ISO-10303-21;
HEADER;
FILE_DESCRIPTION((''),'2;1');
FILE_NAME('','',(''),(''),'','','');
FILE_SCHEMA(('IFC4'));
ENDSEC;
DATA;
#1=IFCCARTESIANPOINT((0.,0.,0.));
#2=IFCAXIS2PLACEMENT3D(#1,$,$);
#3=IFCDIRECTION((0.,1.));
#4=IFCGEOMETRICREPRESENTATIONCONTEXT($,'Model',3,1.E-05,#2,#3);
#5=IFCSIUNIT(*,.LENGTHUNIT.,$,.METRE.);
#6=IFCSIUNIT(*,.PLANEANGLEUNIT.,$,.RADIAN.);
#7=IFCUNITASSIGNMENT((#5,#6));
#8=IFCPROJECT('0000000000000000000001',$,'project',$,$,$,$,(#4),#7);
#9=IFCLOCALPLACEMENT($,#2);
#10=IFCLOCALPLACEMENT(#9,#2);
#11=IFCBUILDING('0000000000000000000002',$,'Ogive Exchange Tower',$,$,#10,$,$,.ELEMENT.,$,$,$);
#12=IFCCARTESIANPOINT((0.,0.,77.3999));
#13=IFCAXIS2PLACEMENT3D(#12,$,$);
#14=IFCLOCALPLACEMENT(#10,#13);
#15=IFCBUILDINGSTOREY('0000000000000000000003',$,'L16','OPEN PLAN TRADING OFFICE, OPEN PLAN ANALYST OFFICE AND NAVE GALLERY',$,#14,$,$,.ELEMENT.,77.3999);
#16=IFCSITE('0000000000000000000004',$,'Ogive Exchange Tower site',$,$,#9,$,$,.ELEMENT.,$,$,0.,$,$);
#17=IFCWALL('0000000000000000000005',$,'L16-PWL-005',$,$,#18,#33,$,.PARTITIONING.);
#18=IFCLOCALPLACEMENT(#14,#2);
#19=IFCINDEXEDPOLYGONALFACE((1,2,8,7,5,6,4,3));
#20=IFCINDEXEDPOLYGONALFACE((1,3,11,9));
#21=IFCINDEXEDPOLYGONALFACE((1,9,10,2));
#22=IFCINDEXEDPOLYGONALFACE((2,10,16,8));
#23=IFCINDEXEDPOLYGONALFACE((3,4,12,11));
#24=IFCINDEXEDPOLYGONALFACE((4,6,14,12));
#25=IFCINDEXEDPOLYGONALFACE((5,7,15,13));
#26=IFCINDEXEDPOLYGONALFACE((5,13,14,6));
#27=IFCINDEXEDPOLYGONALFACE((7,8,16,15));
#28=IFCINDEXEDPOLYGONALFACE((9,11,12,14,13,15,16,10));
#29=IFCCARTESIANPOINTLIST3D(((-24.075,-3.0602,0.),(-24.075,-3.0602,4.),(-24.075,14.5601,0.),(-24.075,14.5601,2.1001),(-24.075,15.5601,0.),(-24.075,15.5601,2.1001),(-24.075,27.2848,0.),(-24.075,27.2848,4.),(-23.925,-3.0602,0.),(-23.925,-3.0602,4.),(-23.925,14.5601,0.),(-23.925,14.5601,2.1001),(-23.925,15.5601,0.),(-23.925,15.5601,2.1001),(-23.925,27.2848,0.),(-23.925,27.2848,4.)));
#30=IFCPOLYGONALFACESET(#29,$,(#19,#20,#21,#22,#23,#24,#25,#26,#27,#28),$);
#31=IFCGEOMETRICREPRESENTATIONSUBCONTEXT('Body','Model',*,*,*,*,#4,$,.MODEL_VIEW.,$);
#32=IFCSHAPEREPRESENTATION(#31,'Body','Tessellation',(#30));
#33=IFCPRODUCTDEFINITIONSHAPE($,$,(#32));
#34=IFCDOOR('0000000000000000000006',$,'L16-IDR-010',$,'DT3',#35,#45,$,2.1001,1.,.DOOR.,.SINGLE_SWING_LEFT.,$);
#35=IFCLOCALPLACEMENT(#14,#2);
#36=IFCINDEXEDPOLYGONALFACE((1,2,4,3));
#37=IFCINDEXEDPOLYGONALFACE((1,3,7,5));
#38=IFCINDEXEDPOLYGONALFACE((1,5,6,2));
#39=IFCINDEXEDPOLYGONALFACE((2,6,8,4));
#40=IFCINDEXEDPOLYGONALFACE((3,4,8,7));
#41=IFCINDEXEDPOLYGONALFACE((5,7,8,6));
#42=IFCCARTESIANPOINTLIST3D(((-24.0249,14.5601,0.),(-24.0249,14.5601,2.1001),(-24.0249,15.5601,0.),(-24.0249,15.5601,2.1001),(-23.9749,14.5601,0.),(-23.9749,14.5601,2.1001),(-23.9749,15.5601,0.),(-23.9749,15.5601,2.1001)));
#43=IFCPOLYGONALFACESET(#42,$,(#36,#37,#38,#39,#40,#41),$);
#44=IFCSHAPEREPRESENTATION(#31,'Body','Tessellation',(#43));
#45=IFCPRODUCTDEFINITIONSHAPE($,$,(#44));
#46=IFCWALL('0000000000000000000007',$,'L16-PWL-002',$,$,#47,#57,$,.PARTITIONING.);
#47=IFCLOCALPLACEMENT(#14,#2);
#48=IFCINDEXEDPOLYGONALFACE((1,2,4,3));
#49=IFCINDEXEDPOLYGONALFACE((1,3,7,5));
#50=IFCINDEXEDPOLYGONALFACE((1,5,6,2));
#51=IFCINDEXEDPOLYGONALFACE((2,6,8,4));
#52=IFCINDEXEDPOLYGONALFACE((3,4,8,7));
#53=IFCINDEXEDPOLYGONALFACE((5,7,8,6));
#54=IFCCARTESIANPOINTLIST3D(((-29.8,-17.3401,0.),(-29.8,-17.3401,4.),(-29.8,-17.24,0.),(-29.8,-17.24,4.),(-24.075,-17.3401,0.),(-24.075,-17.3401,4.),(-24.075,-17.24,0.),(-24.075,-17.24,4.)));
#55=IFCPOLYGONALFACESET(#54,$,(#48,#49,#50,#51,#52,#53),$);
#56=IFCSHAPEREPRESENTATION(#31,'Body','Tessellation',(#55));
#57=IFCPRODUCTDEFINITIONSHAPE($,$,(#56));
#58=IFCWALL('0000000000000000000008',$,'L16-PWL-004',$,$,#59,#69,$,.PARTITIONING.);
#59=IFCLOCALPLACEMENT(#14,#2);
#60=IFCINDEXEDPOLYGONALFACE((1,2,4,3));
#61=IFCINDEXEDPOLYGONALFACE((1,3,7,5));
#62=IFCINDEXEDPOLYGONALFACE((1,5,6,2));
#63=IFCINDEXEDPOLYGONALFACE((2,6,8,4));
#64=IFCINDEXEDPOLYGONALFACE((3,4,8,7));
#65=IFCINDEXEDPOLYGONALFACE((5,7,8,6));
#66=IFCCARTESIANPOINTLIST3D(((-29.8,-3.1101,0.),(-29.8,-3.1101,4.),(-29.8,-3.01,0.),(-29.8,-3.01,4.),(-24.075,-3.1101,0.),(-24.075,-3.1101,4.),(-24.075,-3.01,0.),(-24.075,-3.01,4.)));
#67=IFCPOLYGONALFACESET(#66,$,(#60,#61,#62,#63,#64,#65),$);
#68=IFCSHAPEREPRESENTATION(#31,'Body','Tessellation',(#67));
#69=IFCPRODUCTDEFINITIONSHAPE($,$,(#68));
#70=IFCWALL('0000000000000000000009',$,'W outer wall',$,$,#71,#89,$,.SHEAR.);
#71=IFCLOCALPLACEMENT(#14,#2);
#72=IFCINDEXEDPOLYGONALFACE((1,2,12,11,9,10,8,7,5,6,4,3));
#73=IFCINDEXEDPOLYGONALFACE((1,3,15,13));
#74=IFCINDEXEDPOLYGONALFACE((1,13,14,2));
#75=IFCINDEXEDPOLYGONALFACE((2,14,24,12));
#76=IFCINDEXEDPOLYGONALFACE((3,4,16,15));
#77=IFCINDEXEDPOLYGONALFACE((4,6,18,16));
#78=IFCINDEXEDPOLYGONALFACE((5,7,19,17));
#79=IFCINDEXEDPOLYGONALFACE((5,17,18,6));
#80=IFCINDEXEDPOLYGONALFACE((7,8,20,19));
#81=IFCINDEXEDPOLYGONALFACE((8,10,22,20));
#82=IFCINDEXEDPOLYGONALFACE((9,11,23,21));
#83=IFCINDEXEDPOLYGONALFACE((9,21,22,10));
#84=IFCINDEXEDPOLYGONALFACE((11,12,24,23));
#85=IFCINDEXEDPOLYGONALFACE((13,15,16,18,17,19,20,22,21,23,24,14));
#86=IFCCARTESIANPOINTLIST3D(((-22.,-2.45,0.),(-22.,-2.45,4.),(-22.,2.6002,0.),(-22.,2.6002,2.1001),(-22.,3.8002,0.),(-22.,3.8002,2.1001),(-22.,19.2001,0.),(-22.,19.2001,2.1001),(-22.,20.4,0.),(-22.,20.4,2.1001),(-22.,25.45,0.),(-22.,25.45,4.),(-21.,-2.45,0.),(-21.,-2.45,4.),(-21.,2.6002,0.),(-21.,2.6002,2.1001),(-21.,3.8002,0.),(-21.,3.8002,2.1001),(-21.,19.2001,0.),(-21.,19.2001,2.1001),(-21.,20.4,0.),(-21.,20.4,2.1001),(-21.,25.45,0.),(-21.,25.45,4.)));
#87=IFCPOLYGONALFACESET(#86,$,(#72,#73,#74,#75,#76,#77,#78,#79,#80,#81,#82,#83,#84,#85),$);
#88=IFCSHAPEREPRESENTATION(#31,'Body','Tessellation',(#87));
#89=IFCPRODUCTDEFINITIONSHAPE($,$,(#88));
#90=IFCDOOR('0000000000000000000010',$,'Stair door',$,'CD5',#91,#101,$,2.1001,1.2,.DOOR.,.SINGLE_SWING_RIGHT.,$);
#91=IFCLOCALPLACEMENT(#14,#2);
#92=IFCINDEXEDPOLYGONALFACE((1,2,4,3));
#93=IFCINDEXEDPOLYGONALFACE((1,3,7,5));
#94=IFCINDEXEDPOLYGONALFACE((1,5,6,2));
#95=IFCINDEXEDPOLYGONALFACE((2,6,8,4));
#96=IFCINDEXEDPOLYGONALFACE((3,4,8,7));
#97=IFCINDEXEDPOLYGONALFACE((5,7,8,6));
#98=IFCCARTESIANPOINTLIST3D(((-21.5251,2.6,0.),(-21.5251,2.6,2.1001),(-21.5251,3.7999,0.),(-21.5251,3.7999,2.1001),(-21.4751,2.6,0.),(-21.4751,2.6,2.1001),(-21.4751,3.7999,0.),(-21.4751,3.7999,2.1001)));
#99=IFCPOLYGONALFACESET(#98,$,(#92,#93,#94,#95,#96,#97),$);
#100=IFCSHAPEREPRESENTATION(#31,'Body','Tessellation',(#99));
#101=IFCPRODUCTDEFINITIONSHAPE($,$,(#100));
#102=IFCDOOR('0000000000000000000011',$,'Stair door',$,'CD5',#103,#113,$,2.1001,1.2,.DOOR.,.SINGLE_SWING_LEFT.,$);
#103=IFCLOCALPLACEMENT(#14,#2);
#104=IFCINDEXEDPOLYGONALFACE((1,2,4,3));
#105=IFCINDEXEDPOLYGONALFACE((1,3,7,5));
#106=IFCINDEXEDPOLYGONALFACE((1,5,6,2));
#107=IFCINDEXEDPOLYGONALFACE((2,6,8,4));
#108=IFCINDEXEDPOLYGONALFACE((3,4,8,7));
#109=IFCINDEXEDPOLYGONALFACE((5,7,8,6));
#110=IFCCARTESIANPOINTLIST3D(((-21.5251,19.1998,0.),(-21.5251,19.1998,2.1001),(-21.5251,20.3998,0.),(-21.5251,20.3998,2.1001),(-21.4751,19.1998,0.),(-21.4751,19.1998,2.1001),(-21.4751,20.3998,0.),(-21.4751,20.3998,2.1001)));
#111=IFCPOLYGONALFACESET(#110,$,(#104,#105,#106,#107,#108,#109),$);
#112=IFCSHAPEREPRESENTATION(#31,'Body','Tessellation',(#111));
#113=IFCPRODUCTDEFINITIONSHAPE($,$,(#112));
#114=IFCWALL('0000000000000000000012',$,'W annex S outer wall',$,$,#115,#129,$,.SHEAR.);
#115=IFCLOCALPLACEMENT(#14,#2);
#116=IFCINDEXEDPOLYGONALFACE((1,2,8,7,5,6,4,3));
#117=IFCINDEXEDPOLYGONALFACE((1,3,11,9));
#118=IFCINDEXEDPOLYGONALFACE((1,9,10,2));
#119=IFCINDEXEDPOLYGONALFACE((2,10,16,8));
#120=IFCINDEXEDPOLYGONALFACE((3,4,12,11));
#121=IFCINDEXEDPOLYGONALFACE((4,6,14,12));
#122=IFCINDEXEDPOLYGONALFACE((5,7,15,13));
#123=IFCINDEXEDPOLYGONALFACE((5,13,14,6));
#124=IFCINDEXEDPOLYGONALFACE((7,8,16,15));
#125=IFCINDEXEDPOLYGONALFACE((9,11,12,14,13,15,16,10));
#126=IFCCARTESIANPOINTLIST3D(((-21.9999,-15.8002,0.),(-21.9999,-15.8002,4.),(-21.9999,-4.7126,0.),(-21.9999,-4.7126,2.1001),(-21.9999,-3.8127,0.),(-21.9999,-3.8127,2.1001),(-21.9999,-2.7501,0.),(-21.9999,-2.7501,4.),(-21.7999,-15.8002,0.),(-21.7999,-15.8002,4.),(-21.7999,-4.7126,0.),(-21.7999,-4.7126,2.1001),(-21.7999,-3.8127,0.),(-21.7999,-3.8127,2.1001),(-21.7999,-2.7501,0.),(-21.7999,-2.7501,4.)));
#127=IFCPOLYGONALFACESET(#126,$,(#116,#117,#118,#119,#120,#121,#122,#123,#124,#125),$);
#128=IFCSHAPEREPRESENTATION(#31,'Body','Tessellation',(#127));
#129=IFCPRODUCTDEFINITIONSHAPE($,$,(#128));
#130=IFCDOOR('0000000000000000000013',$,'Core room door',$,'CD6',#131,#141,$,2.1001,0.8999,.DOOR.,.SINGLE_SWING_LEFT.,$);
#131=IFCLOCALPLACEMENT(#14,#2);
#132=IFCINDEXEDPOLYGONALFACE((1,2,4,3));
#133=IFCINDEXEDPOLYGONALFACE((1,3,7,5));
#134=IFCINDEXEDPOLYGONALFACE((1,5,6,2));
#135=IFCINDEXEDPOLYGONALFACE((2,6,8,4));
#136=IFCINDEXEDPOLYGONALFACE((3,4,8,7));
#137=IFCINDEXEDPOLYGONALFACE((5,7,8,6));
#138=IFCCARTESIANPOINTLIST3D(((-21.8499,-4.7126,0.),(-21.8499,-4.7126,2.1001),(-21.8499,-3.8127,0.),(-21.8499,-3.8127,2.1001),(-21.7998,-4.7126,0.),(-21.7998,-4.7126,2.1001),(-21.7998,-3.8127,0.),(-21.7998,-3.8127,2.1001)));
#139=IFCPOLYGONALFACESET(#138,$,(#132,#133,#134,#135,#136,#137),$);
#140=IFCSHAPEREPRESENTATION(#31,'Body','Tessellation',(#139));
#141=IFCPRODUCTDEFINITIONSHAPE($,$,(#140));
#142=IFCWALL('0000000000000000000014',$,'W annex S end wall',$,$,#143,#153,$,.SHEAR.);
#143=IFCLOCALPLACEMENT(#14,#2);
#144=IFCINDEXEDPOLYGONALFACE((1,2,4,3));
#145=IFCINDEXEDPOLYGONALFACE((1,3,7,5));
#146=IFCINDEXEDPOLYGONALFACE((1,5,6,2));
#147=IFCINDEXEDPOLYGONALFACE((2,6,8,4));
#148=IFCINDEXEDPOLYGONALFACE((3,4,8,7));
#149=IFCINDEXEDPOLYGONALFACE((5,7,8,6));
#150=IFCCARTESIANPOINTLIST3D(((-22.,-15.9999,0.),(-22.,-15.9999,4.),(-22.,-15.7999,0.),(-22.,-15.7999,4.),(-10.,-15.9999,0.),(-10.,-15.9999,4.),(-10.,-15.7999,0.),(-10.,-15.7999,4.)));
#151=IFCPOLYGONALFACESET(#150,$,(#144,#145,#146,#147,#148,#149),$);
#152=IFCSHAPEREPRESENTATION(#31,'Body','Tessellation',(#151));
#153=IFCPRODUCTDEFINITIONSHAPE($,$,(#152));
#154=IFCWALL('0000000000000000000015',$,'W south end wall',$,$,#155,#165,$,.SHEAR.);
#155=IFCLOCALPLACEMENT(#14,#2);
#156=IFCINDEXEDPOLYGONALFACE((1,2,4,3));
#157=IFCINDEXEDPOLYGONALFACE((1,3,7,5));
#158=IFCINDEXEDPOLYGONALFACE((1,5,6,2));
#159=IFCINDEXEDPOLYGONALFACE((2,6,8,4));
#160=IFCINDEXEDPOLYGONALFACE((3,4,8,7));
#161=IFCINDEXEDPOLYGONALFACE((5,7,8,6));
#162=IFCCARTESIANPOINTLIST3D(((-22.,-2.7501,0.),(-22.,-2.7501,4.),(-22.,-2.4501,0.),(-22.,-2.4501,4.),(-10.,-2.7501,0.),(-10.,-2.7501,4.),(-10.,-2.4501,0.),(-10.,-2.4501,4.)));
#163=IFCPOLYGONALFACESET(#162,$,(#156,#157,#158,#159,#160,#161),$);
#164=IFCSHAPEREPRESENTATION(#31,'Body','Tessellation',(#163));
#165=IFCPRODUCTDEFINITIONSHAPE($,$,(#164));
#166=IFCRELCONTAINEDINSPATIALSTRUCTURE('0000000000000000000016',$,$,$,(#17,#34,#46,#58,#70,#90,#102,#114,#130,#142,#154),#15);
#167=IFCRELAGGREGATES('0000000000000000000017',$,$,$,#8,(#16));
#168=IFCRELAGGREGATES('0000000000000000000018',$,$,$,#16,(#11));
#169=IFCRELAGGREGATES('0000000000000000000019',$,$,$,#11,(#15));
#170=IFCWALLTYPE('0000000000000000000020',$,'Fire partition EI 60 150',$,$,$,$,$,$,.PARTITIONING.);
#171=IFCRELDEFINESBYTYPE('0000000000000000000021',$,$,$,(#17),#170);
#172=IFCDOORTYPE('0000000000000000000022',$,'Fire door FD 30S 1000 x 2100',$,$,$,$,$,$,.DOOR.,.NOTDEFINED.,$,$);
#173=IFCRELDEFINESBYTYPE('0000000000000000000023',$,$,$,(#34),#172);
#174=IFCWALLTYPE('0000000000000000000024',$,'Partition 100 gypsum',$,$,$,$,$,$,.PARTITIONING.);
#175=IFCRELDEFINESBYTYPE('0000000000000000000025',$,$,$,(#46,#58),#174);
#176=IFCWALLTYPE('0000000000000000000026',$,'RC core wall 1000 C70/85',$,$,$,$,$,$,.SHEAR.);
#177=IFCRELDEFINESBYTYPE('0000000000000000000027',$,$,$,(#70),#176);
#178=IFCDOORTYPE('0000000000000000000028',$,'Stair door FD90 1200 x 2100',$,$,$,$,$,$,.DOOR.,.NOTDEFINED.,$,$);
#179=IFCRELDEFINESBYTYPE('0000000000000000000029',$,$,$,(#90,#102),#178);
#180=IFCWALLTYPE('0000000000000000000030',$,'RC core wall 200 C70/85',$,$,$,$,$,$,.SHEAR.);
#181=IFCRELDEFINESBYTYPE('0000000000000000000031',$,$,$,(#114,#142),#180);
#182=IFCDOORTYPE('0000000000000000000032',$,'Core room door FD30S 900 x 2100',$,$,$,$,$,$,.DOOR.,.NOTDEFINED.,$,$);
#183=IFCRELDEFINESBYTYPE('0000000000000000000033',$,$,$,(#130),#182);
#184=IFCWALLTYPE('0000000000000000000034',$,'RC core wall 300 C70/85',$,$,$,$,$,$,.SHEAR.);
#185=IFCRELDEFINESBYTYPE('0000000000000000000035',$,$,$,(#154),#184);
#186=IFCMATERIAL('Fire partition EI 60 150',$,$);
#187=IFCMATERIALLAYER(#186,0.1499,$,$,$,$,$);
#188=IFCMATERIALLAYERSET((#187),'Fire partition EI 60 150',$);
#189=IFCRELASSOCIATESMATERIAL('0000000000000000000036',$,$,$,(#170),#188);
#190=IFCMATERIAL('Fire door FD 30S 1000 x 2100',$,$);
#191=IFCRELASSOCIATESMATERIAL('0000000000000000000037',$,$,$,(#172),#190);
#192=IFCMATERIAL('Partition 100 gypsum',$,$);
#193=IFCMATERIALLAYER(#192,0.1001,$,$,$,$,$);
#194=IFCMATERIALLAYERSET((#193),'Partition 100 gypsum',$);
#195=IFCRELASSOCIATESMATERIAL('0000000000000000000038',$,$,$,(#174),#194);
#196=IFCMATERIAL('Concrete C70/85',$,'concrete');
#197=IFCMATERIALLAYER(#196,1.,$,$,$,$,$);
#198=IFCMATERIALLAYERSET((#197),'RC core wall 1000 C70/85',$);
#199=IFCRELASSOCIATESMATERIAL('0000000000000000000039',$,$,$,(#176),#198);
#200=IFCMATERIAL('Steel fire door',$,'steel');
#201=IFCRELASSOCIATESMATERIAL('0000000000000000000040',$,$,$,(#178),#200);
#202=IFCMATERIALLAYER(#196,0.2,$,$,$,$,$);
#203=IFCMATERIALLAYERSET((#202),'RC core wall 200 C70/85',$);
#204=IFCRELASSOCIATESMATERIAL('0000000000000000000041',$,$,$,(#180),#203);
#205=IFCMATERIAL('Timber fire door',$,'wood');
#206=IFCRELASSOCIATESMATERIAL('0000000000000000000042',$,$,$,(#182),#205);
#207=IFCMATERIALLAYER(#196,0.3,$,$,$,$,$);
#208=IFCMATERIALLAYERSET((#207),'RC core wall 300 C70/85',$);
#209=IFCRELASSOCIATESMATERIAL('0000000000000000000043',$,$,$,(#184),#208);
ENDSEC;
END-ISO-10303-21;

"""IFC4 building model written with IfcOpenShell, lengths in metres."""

from ifc_helpers import new_model, si_unit, direction, frame, frame_2d, origin, place, context, subcontext, project, spatial, rectangle, extrude, material, layer, layer_set, type_object, element, fill, save


model = new_model("IFC4")

# Units and contexts
model_context = context("Model", 3, precision=1e-05, world=origin(), true_north=direction((0.0, 1.0)))
body_context = subcontext(model_context, "Body", "Model", "MODEL_VIEW")
ifc_project = project(units=[si_unit("LENGTHUNIT", "METRE"), si_unit("PLANEANGLEUNIT", "RADIAN")], contexts=[model_context])

# Site, building, storey
site_placement = place(None, origin())
site = spatial("IfcSite", under=ifc_project, at=site_placement, Name="Ogive Exchange Tower site", CompositionType="ELEMENT", RefElevation=0.0)
building_placement = place(site_placement, origin())
building = spatial("IfcBuilding", under=site, at=building_placement, Name="Ogive Exchange Tower", CompositionType="ELEMENT")
storey_placement = place(building_placement, frame((0.0, 0.0, 77.3999)))
storey = spatial("IfcBuildingStorey", under=building, at=storey_placement, Name="L16", Description="OPEN PLAN TRADING OFFICE, OPEN PLAN ANALYST OFFICE AND NAVE GALLERY", CompositionType="ELEMENT", Elevation=77.3999)

# Wall, opening, door
ifc_material_1 = material(Name="Fire partition EI 60 150")
ifc_layer_1 = layer(ifc_material_1, 0.1499)
ifc_layer_set_1 = layer_set([ifc_layer_1], Name="Fire partition EI 60 150")
wall_type_1 = type_object("IfcWallType", Name="Fire partition EI 60 150", PredefinedType="PARTITIONING", material=ifc_layer_set_1)
ifc_material_2 = material(Name="Fire door FD 30S 1000 x 2100")
door_type_1 = type_object("IfcDoorType", Name="Fire door FD 30S 1000 x 2100", OperationType="NOTDEFINED", PredefinedType="DOOR", material=ifc_material_2)
wall_1_placement = place(storey_placement, frame((-24.0, -3.0601, 0.0), z_axis=(0.0, 0.0, 1.0), x_axis=(0.0, 1.0, 0.0)))
wall_1 = element("IfcWall", 1, at=wall_1_placement, inside=storey, type_object=wall_type_1, Name="L16-PWL-005", PredefinedType="PARTITIONING", context=body_context, shape_type="SweptSolid", body=[
    extrude(rectangle(XDim=30.345, YDim=0.1499, at=frame_2d((15.1724, 0.0))), origin(), (0.0, 0.0, 1.0), 4.0),
])
opening_1_placement = place(wall_1_placement, frame((17.6201, 0.0, 0.0)))
opening_1 = element("IfcOpeningElement", 2, at=opening_1_placement, cuts=wall_1, PredefinedType="OPENING", context=body_context, shape_type="SweptSolid", body=[
    extrude(rectangle(XDim=1.0, YDim=2.1001, at=frame_2d((0.5, 1.05))), frame((0.0, 0.085, 0.0), z_axis=(0.0, -1.0, 0.0), x_axis=(1.0, 0.0, 0.0)), (0.0, 0.0, 1.0), 0.1699),
])
door_1_placement = place(opening_1_placement, origin())
door_1 = element("IfcDoor", 3, at=door_1_placement, inside=storey, type_object=door_type_1, Name="L16-IDR-010", ObjectType="DT3", OperationType="SINGLE_SWING_LEFT", OverallHeight=2.1001, OverallWidth=1.0, PredefinedType="DOOR", context=body_context, shape_type="SweptSolid", body=[
    extrude(rectangle(XDim=1.0, YDim=2.1001, at=frame_2d((0.5, 1.05))), frame((0.0, 0.0249, 0.0), z_axis=(0.0, -1.0, 0.0), x_axis=(1.0, 0.0, 0.0)), (0.0, 0.0, 1.0), 0.05),
])
fill(opening_1, door_1)

# Walls
ifc_material_3 = material(Name="Partition 100 gypsum")
ifc_layer_2 = layer(ifc_material_3, 0.1001)
ifc_layer_set_2 = layer_set([ifc_layer_2], Name="Partition 100 gypsum")
wall_type_2 = type_object("IfcWallType", Name="Partition 100 gypsum", PredefinedType="PARTITIONING", material=ifc_layer_set_2)
for number, where, z_axis, x_axis, name in (
    (4, (-24.075, -17.29, 0.0), (0.0, 0.0, 1.0), (-1.0, 0.0, 0.0), "L16-PWL-002"),
    (5, (-24.075, -3.0601, 0.0), (0.0, 0.0, 1.0), (-1.0, 0.0, 0.0), "L16-PWL-004"),
):
    element("IfcWall", number, at=place(storey_placement, frame(where, z_axis=z_axis, x_axis=x_axis)), inside=storey, type_object=wall_type_2, Name=name, PredefinedType="PARTITIONING", context=body_context, shape_type="SweptSolid", body=[
        extrude(rectangle(XDim=5.7251, YDim=0.1001, at=frame_2d((2.8625, 0.0))), origin(), (0.0, 0.0, 1.0), 4.0),
    ])

# Wall, openings, doors
ifc_material_4 = material(Name="Concrete C70/85", Category="concrete")
ifc_layer_3 = layer(ifc_material_4, 1.0)
ifc_layer_set_3 = layer_set([ifc_layer_3], Name="RC core wall 1000 C70/85")
wall_type_3 = type_object("IfcWallType", Name="RC core wall 1000 C70/85", PredefinedType="SHEAR", material=ifc_layer_set_3)
wall_2_placement = place(storey_placement, frame((-21.5, -2.45, 0.0), z_axis=(0.0, 0.0, 1.0), x_axis=(0.0, 1.0, 0.0)))
wall_2 = element("IfcWall", 6, at=wall_2_placement, inside=storey, type_object=wall_type_3, Name="W outer wall", PredefinedType="SHEAR", context=body_context, shape_type="SweptSolid", body=[
    extrude(rectangle(XDim=27.8999, YDim=1.0, at=frame_2d((13.95, 0.0))), origin(), (0.0, 0.0, 1.0), 4.0),
])
opening_2_placement = place(wall_2_placement, frame((5.05, 0.0, 0.0)))
opening_2 = element("IfcOpeningElement", 7, at=opening_2_placement, cuts=wall_2, PredefinedType="OPENING", context=body_context, shape_type="SweptSolid", body=[
    extrude(rectangle(XDim=1.2, YDim=2.1001, at=frame_2d((0.6001, 1.05))), frame((0.0, 0.51, 0.0), z_axis=(0.0, -1.0, 0.0), x_axis=(1.0, 0.0, 0.0)), (0.0, 0.0, 1.0), 1.02),
])
opening_3_placement = place(wall_2_placement, frame((21.6499, 0.0, 0.0)))
opening_3 = element("IfcOpeningElement", 8, at=opening_3_placement, cuts=wall_2, PredefinedType="OPENING", context=body_context, shape_type="SweptSolid", body=[
    extrude(rectangle(XDim=1.2, YDim=2.1001, at=frame_2d((0.6001, 1.05))), frame((0.0, 0.51, 0.0), z_axis=(0.0, -1.0, 0.0), x_axis=(1.0, 0.0, 0.0)), (0.0, 0.0, 1.0), 1.02),
])
ifc_material_5 = material(Name="Steel fire door", Category="steel")
door_type_2 = type_object("IfcDoorType", Name="Stair door FD90 1200 x 2100", OperationType="NOTDEFINED", PredefinedType="DOOR", material=ifc_material_5)
door_2_placement = place(opening_2_placement, frame((1.2, 0.0, 0.0), z_axis=(0.0, 0.0, 1.0), x_axis=(-1.0, 0.0, 0.0)))
door_2 = element("IfcDoor", 9, at=door_2_placement, inside=storey, type_object=door_type_2, Name="Stair door", ObjectType="CD5", OperationType="SINGLE_SWING_RIGHT", OverallHeight=2.1001, OverallWidth=1.2, PredefinedType="DOOR", context=body_context, shape_type="SweptSolid", body=[
    extrude(rectangle(XDim=1.2, YDim=2.1001, at=frame_2d((0.6001, 1.05))), frame((0.0, 0.0249, 0.0), z_axis=(0.0, -1.0, 0.0), x_axis=(1.0, 0.0, 0.0)), (0.0, 0.0, 1.0), 0.05),
])
fill(opening_2, door_2)
door_3_placement = place(opening_3_placement, frame((1.2, 0.0, 0.0), z_axis=(0.0, 0.0, 1.0), x_axis=(-1.0, 0.0, 0.0)))
door_3 = element("IfcDoor", 10, at=door_3_placement, inside=storey, type_object=door_type_2, Name="Stair door", ObjectType="CD5", OperationType="SINGLE_SWING_LEFT", OverallHeight=2.1001, OverallWidth=1.2, PredefinedType="DOOR", context=body_context, shape_type="SweptSolid", body=[
    extrude(rectangle(XDim=1.2, YDim=2.1001, at=frame_2d((0.6001, 1.05))), frame((0.0, 0.0249, 0.0), z_axis=(0.0, -1.0, 0.0), x_axis=(1.0, 0.0, 0.0)), (0.0, 0.0, 1.0), 0.05),
])
fill(opening_3, door_3)

# Wall, opening, door
ifc_layer_4 = layer(ifc_material_4, 0.2)
ifc_layer_set_4 = layer_set([ifc_layer_4], Name="RC core wall 200 C70/85")
wall_type_4 = type_object("IfcWallType", Name="RC core wall 200 C70/85", PredefinedType="SHEAR", material=ifc_layer_set_4)
wall_3_placement = place(storey_placement, frame((-21.8999, -15.8, 0.0), z_axis=(0.0, 0.0, 1.0), x_axis=(0.0, 1.0, 0.0)))
wall_3 = element("IfcWall", 11, at=wall_3_placement, inside=storey, type_object=wall_type_4, Name="W annex S outer wall", PredefinedType="SHEAR", context=body_context, shape_type="SweptSolid", body=[
    extrude(rectangle(XDim=13.05, YDim=0.2, at=frame_2d((6.5249, 0.0))), origin(), (0.0, 0.0, 1.0), 4.0),
])
opening_4_placement = place(wall_3_placement, frame((11.0874, 0.0, 0.0)))
opening_4 = element("IfcOpeningElement", 12, at=opening_4_placement, cuts=wall_3, PredefinedType="OPENING", context=body_context, shape_type="SweptSolid", body=[
    extrude(rectangle(XDim=0.8999, YDim=2.1001, at=frame_2d((0.45, 1.05))), frame((0.0, 0.1099, 0.0), z_axis=(0.0, -1.0, 0.0), x_axis=(1.0, 0.0, 0.0)), (0.0, 0.0, 1.0), 0.22),
])
ifc_material_6 = material(Name="Timber fire door", Category="wood")
door_type_3 = type_object("IfcDoorType", Name="Core room door FD30S 900 x 2100", OperationType="NOTDEFINED", PredefinedType="DOOR", material=ifc_material_6)
door_4_placement = place(opening_4_placement, frame((0.8999, -0.1499, 0.0), z_axis=(0.0, 0.0, 1.0), x_axis=(-1.0, 0.0, 0.0)))
door_4 = element("IfcDoor", 13, at=door_4_placement, inside=storey, type_object=door_type_3, Name="Core room door", ObjectType="CD6", OperationType="SINGLE_SWING_LEFT", OverallHeight=2.1001, OverallWidth=0.8999, PredefinedType="DOOR", context=body_context, shape_type="SweptSolid", body=[
    extrude(rectangle(XDim=0.8999, YDim=2.1001, at=frame_2d((0.45, 1.05))), frame((0.0, -0.0498, 0.0), z_axis=(0.0, -1.0, 0.0), x_axis=(1.0, 0.0, 0.0)), (0.0, 0.0, 1.0), 0.05),
])
fill(opening_4, door_4)

# Walls
wall_4_placement = place(storey_placement, frame((-22.0, -15.8999, 0.0), z_axis=(0.0, 0.0, 1.0), x_axis=(1.0, 0.0, 0.0)))
element("IfcWall", 14, at=wall_4_placement, inside=storey, type_object=wall_type_4, Name="W annex S end wall", PredefinedType="SHEAR", context=body_context, shape_type="SweptSolid", body=[
    extrude(rectangle(XDim=12.0, YDim=0.2, at=frame_2d((6.0, 0.0))), origin(), (0.0, 0.0, 1.0), 4.0),
])
ifc_layer_5 = layer(ifc_material_4, 0.3)
ifc_layer_set_5 = layer_set([ifc_layer_5], Name="RC core wall 300 C70/85")
wall_type_5 = type_object("IfcWallType", Name="RC core wall 300 C70/85", PredefinedType="SHEAR", material=ifc_layer_set_5)
wall_5_placement = place(storey_placement, frame((-22.0, -2.6001, 0.0), z_axis=(0.0, 0.0, 1.0), x_axis=(1.0, 0.0, 0.0)))
element("IfcWall", 15, at=wall_5_placement, inside=storey, type_object=wall_type_5, Name="W south end wall", PredefinedType="SHEAR", context=body_context, shape_type="SweptSolid", body=[
    extrude(rectangle(XDim=12.0, YDim=0.3, at=frame_2d((6.0, 0.0))), origin(), (0.0, 0.0, 1.0), 4.0),
])

save(model, "model.ifc")
